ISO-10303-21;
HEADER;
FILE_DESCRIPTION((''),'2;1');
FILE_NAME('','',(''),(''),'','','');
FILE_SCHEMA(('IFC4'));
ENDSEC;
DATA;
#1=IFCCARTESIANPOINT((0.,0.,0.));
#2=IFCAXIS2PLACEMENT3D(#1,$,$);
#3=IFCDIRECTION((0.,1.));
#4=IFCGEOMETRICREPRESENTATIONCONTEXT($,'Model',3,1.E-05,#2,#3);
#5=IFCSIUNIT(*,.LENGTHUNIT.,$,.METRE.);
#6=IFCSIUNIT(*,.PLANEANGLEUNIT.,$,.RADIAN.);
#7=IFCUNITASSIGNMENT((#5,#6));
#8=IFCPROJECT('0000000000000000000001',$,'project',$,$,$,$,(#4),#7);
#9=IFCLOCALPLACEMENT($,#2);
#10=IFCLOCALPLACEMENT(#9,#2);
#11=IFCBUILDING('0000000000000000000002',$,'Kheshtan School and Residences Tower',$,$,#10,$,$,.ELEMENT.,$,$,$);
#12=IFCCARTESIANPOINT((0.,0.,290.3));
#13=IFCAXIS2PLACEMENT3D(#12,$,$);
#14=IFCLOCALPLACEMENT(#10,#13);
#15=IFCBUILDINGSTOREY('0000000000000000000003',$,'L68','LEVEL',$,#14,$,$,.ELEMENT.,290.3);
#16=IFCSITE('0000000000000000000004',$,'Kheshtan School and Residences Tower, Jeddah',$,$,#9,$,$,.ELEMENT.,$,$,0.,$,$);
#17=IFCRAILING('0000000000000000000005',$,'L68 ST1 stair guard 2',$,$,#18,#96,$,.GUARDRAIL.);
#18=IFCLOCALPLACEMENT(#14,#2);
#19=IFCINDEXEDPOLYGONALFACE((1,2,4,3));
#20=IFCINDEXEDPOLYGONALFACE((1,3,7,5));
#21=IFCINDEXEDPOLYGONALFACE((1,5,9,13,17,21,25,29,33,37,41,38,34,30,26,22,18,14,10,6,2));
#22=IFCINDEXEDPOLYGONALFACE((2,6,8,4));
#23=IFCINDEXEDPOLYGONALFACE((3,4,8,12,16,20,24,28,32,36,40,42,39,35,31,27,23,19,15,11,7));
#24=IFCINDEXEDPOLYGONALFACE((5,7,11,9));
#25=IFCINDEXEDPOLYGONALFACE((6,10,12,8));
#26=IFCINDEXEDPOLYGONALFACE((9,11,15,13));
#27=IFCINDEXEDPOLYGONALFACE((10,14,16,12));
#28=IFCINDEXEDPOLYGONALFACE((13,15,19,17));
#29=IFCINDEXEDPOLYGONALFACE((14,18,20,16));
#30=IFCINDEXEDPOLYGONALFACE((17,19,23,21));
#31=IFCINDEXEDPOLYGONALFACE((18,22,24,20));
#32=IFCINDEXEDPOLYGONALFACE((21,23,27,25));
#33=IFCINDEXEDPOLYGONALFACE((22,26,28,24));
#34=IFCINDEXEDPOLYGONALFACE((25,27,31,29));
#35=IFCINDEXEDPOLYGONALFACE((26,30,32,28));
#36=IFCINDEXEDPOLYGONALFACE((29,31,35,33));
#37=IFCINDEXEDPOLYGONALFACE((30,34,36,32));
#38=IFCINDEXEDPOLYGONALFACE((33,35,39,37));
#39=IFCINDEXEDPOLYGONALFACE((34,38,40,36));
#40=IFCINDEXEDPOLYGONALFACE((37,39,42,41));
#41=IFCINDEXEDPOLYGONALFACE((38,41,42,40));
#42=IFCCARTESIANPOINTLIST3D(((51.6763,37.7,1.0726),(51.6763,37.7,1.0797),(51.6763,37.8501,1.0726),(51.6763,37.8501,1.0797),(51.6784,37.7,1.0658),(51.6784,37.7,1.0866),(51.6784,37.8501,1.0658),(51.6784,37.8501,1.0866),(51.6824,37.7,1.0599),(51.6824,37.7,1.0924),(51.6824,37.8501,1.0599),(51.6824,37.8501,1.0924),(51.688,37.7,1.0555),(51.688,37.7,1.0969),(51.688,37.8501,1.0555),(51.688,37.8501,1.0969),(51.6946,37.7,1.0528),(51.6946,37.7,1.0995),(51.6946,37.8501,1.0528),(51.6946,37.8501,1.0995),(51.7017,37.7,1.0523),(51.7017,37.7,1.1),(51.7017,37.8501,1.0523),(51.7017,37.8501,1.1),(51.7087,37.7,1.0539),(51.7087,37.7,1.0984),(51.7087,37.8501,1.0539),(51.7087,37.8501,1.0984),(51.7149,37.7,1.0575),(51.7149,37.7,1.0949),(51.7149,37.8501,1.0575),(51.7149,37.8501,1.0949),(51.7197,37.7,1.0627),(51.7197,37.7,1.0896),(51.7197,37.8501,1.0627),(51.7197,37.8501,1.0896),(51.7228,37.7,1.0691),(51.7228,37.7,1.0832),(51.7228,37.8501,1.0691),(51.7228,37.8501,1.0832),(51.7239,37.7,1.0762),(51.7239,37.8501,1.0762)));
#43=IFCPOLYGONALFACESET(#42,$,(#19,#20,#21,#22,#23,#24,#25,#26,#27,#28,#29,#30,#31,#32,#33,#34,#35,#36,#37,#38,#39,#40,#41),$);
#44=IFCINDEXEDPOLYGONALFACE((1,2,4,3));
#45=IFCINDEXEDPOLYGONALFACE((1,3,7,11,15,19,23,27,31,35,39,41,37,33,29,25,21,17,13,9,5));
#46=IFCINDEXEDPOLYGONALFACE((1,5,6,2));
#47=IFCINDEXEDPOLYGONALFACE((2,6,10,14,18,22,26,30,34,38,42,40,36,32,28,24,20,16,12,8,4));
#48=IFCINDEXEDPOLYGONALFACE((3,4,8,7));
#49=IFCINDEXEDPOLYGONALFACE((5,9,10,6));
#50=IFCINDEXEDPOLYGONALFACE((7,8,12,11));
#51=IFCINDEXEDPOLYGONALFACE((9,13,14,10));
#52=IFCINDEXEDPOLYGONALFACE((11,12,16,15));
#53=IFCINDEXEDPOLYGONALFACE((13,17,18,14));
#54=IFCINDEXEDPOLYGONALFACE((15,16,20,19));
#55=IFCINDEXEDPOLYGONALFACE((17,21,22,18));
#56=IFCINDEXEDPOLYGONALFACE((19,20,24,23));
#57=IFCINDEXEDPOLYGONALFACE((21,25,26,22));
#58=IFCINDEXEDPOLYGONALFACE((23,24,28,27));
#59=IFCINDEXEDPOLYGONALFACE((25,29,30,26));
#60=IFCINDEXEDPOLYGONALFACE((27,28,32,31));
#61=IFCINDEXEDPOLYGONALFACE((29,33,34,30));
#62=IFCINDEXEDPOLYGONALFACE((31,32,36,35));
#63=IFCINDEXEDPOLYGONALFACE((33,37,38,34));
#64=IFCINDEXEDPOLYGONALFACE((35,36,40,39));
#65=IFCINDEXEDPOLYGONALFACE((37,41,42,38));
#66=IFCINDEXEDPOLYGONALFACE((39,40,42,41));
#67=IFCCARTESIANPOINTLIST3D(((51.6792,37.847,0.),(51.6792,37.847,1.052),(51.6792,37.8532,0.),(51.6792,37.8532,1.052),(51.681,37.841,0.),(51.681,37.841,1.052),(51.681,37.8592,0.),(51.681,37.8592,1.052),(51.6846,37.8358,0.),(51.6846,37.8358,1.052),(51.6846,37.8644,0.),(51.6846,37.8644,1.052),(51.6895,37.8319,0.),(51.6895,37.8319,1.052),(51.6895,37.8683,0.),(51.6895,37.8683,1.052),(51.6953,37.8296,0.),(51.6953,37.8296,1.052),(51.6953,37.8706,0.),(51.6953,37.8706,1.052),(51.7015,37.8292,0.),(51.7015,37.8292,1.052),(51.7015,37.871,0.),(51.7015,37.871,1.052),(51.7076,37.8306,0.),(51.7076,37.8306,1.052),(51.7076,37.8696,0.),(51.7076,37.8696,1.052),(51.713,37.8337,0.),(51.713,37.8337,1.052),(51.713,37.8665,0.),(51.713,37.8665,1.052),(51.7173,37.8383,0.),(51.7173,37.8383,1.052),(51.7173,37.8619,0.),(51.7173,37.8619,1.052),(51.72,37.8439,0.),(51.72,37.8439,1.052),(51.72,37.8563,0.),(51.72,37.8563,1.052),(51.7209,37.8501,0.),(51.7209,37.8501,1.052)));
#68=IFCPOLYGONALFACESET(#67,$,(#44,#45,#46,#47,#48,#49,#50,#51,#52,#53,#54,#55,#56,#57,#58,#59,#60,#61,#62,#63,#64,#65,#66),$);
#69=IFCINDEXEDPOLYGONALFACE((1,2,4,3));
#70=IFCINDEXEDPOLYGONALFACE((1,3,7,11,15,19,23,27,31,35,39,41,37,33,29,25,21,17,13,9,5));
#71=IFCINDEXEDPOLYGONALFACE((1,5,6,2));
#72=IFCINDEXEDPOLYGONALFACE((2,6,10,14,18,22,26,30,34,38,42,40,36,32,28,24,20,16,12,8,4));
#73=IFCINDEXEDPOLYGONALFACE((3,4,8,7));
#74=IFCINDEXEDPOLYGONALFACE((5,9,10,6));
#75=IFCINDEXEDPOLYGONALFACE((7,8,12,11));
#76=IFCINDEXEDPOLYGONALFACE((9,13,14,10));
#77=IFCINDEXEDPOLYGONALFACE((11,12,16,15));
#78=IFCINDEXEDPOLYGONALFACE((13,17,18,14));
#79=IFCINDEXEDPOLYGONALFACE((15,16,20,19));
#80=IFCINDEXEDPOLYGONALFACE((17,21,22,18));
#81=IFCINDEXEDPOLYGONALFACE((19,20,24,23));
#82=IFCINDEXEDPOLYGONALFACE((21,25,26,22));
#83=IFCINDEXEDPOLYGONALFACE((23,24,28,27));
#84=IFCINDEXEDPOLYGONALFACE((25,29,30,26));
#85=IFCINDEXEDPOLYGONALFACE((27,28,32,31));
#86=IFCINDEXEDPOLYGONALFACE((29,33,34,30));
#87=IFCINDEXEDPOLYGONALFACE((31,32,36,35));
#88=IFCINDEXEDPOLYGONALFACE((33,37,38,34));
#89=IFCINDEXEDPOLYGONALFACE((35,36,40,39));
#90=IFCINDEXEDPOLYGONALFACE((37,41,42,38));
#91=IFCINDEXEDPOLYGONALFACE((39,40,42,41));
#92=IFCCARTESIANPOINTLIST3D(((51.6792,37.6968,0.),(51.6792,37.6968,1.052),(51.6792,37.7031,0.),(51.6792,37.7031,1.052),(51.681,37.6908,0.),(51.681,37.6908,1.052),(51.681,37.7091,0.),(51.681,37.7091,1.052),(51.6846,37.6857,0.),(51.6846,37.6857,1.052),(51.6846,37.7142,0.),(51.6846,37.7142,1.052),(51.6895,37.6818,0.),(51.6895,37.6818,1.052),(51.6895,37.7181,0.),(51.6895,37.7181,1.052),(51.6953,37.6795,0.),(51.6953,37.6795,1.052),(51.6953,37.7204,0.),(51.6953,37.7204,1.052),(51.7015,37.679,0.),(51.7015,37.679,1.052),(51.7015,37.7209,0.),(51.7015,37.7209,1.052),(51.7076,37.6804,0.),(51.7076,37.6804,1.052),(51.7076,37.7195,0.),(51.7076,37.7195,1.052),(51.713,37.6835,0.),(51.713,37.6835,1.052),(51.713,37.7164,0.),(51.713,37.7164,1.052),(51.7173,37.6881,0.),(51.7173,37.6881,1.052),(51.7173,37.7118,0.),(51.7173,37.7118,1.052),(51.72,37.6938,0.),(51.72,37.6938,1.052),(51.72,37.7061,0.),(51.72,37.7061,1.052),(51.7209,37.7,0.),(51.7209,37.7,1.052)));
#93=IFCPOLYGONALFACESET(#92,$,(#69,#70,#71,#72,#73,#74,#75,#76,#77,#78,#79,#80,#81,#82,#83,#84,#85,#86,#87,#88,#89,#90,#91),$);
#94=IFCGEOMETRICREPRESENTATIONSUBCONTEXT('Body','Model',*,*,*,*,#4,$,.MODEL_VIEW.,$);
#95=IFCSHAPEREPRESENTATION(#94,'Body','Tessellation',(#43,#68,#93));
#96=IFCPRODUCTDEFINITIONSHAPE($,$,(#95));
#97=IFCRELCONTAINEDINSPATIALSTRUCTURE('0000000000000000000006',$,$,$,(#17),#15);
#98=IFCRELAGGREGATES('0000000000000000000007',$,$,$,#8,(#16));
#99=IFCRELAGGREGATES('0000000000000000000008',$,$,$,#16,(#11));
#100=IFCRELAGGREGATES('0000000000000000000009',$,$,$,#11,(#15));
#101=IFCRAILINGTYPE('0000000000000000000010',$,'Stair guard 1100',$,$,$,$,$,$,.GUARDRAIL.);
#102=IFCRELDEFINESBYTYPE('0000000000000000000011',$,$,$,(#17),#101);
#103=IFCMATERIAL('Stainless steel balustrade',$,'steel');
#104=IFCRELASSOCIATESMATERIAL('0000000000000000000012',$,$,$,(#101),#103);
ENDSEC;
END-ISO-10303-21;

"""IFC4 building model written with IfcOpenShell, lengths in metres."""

from ifc_helpers import new_model, si_unit, direction, frame, origin, origin_2d, place, context, subcontext, project, spatial, circle, extrude, material, type_object, element, save


model = new_model("IFC4")

# Units and contexts
model_context = context("Model", 3, precision=1e-05, world=origin(), true_north=direction((0.0, 1.0)))
body_context = subcontext(model_context, "Body", "Model", "MODEL_VIEW")
ifc_project = project(units=[si_unit("LENGTHUNIT", "METRE"), si_unit("PLANEANGLEUNIT", "RADIAN")], contexts=[model_context])

# Site, building, storey
site_placement = place(None, origin())
site = spatial("IfcSite", under=ifc_project, at=site_placement, Name="Kheshtan School and Residences Tower, Jeddah", CompositionType="ELEMENT", RefElevation=0.0)
building_placement = place(site_placement, origin())
building = spatial("IfcBuilding", under=site, at=building_placement, Name="Kheshtan School and Residences Tower", CompositionType="ELEMENT")
storey_placement = place(building_placement, frame((0.0, 0.0, 290.3)))
storey = spatial("IfcBuildingStorey", under=building, at=storey_placement, Name="L68", Description="LEVEL", CompositionType="ELEMENT", Elevation=290.3)

# Railing
ifc_material_1 = material(Name="Stainless steel balustrade", Category="steel")
railing_type_1 = type_object("IfcRailingType", Name="Stair guard 1100", PredefinedType="GUARDRAIL", material=ifc_material_1)
railing_1_placement = place(storey_placement, frame((51.7, 37.8501, 0.0)))
element("IfcRailing", 1, at=railing_1_placement, inside=storey, type_object=railing_type_1, Name="L68 ST1 stair guard 2", PredefinedType="GUARDRAIL", context=body_context, shape_type="SweptSolid", body=[
    extrude(circle(Radius=0.0239, at=origin_2d()), frame((0.0, 0.0, 1.0762), z_axis=(0.0, -1.0, 0.0), x_axis=(1.0, 0.0, 0.0)), (0.0, 0.0, 1.0), 0.1501),
    extrude(circle(Radius=0.021, at=origin_2d()), origin(), (0.0, 0.0, 1.0), 1.052),
    extrude(circle(Radius=0.021, at=origin_2d()), frame((0.0, -0.1501, 0.0)), (0.0, 0.0, 1.0), 1.052),
])

save(model, "model.ifc")
